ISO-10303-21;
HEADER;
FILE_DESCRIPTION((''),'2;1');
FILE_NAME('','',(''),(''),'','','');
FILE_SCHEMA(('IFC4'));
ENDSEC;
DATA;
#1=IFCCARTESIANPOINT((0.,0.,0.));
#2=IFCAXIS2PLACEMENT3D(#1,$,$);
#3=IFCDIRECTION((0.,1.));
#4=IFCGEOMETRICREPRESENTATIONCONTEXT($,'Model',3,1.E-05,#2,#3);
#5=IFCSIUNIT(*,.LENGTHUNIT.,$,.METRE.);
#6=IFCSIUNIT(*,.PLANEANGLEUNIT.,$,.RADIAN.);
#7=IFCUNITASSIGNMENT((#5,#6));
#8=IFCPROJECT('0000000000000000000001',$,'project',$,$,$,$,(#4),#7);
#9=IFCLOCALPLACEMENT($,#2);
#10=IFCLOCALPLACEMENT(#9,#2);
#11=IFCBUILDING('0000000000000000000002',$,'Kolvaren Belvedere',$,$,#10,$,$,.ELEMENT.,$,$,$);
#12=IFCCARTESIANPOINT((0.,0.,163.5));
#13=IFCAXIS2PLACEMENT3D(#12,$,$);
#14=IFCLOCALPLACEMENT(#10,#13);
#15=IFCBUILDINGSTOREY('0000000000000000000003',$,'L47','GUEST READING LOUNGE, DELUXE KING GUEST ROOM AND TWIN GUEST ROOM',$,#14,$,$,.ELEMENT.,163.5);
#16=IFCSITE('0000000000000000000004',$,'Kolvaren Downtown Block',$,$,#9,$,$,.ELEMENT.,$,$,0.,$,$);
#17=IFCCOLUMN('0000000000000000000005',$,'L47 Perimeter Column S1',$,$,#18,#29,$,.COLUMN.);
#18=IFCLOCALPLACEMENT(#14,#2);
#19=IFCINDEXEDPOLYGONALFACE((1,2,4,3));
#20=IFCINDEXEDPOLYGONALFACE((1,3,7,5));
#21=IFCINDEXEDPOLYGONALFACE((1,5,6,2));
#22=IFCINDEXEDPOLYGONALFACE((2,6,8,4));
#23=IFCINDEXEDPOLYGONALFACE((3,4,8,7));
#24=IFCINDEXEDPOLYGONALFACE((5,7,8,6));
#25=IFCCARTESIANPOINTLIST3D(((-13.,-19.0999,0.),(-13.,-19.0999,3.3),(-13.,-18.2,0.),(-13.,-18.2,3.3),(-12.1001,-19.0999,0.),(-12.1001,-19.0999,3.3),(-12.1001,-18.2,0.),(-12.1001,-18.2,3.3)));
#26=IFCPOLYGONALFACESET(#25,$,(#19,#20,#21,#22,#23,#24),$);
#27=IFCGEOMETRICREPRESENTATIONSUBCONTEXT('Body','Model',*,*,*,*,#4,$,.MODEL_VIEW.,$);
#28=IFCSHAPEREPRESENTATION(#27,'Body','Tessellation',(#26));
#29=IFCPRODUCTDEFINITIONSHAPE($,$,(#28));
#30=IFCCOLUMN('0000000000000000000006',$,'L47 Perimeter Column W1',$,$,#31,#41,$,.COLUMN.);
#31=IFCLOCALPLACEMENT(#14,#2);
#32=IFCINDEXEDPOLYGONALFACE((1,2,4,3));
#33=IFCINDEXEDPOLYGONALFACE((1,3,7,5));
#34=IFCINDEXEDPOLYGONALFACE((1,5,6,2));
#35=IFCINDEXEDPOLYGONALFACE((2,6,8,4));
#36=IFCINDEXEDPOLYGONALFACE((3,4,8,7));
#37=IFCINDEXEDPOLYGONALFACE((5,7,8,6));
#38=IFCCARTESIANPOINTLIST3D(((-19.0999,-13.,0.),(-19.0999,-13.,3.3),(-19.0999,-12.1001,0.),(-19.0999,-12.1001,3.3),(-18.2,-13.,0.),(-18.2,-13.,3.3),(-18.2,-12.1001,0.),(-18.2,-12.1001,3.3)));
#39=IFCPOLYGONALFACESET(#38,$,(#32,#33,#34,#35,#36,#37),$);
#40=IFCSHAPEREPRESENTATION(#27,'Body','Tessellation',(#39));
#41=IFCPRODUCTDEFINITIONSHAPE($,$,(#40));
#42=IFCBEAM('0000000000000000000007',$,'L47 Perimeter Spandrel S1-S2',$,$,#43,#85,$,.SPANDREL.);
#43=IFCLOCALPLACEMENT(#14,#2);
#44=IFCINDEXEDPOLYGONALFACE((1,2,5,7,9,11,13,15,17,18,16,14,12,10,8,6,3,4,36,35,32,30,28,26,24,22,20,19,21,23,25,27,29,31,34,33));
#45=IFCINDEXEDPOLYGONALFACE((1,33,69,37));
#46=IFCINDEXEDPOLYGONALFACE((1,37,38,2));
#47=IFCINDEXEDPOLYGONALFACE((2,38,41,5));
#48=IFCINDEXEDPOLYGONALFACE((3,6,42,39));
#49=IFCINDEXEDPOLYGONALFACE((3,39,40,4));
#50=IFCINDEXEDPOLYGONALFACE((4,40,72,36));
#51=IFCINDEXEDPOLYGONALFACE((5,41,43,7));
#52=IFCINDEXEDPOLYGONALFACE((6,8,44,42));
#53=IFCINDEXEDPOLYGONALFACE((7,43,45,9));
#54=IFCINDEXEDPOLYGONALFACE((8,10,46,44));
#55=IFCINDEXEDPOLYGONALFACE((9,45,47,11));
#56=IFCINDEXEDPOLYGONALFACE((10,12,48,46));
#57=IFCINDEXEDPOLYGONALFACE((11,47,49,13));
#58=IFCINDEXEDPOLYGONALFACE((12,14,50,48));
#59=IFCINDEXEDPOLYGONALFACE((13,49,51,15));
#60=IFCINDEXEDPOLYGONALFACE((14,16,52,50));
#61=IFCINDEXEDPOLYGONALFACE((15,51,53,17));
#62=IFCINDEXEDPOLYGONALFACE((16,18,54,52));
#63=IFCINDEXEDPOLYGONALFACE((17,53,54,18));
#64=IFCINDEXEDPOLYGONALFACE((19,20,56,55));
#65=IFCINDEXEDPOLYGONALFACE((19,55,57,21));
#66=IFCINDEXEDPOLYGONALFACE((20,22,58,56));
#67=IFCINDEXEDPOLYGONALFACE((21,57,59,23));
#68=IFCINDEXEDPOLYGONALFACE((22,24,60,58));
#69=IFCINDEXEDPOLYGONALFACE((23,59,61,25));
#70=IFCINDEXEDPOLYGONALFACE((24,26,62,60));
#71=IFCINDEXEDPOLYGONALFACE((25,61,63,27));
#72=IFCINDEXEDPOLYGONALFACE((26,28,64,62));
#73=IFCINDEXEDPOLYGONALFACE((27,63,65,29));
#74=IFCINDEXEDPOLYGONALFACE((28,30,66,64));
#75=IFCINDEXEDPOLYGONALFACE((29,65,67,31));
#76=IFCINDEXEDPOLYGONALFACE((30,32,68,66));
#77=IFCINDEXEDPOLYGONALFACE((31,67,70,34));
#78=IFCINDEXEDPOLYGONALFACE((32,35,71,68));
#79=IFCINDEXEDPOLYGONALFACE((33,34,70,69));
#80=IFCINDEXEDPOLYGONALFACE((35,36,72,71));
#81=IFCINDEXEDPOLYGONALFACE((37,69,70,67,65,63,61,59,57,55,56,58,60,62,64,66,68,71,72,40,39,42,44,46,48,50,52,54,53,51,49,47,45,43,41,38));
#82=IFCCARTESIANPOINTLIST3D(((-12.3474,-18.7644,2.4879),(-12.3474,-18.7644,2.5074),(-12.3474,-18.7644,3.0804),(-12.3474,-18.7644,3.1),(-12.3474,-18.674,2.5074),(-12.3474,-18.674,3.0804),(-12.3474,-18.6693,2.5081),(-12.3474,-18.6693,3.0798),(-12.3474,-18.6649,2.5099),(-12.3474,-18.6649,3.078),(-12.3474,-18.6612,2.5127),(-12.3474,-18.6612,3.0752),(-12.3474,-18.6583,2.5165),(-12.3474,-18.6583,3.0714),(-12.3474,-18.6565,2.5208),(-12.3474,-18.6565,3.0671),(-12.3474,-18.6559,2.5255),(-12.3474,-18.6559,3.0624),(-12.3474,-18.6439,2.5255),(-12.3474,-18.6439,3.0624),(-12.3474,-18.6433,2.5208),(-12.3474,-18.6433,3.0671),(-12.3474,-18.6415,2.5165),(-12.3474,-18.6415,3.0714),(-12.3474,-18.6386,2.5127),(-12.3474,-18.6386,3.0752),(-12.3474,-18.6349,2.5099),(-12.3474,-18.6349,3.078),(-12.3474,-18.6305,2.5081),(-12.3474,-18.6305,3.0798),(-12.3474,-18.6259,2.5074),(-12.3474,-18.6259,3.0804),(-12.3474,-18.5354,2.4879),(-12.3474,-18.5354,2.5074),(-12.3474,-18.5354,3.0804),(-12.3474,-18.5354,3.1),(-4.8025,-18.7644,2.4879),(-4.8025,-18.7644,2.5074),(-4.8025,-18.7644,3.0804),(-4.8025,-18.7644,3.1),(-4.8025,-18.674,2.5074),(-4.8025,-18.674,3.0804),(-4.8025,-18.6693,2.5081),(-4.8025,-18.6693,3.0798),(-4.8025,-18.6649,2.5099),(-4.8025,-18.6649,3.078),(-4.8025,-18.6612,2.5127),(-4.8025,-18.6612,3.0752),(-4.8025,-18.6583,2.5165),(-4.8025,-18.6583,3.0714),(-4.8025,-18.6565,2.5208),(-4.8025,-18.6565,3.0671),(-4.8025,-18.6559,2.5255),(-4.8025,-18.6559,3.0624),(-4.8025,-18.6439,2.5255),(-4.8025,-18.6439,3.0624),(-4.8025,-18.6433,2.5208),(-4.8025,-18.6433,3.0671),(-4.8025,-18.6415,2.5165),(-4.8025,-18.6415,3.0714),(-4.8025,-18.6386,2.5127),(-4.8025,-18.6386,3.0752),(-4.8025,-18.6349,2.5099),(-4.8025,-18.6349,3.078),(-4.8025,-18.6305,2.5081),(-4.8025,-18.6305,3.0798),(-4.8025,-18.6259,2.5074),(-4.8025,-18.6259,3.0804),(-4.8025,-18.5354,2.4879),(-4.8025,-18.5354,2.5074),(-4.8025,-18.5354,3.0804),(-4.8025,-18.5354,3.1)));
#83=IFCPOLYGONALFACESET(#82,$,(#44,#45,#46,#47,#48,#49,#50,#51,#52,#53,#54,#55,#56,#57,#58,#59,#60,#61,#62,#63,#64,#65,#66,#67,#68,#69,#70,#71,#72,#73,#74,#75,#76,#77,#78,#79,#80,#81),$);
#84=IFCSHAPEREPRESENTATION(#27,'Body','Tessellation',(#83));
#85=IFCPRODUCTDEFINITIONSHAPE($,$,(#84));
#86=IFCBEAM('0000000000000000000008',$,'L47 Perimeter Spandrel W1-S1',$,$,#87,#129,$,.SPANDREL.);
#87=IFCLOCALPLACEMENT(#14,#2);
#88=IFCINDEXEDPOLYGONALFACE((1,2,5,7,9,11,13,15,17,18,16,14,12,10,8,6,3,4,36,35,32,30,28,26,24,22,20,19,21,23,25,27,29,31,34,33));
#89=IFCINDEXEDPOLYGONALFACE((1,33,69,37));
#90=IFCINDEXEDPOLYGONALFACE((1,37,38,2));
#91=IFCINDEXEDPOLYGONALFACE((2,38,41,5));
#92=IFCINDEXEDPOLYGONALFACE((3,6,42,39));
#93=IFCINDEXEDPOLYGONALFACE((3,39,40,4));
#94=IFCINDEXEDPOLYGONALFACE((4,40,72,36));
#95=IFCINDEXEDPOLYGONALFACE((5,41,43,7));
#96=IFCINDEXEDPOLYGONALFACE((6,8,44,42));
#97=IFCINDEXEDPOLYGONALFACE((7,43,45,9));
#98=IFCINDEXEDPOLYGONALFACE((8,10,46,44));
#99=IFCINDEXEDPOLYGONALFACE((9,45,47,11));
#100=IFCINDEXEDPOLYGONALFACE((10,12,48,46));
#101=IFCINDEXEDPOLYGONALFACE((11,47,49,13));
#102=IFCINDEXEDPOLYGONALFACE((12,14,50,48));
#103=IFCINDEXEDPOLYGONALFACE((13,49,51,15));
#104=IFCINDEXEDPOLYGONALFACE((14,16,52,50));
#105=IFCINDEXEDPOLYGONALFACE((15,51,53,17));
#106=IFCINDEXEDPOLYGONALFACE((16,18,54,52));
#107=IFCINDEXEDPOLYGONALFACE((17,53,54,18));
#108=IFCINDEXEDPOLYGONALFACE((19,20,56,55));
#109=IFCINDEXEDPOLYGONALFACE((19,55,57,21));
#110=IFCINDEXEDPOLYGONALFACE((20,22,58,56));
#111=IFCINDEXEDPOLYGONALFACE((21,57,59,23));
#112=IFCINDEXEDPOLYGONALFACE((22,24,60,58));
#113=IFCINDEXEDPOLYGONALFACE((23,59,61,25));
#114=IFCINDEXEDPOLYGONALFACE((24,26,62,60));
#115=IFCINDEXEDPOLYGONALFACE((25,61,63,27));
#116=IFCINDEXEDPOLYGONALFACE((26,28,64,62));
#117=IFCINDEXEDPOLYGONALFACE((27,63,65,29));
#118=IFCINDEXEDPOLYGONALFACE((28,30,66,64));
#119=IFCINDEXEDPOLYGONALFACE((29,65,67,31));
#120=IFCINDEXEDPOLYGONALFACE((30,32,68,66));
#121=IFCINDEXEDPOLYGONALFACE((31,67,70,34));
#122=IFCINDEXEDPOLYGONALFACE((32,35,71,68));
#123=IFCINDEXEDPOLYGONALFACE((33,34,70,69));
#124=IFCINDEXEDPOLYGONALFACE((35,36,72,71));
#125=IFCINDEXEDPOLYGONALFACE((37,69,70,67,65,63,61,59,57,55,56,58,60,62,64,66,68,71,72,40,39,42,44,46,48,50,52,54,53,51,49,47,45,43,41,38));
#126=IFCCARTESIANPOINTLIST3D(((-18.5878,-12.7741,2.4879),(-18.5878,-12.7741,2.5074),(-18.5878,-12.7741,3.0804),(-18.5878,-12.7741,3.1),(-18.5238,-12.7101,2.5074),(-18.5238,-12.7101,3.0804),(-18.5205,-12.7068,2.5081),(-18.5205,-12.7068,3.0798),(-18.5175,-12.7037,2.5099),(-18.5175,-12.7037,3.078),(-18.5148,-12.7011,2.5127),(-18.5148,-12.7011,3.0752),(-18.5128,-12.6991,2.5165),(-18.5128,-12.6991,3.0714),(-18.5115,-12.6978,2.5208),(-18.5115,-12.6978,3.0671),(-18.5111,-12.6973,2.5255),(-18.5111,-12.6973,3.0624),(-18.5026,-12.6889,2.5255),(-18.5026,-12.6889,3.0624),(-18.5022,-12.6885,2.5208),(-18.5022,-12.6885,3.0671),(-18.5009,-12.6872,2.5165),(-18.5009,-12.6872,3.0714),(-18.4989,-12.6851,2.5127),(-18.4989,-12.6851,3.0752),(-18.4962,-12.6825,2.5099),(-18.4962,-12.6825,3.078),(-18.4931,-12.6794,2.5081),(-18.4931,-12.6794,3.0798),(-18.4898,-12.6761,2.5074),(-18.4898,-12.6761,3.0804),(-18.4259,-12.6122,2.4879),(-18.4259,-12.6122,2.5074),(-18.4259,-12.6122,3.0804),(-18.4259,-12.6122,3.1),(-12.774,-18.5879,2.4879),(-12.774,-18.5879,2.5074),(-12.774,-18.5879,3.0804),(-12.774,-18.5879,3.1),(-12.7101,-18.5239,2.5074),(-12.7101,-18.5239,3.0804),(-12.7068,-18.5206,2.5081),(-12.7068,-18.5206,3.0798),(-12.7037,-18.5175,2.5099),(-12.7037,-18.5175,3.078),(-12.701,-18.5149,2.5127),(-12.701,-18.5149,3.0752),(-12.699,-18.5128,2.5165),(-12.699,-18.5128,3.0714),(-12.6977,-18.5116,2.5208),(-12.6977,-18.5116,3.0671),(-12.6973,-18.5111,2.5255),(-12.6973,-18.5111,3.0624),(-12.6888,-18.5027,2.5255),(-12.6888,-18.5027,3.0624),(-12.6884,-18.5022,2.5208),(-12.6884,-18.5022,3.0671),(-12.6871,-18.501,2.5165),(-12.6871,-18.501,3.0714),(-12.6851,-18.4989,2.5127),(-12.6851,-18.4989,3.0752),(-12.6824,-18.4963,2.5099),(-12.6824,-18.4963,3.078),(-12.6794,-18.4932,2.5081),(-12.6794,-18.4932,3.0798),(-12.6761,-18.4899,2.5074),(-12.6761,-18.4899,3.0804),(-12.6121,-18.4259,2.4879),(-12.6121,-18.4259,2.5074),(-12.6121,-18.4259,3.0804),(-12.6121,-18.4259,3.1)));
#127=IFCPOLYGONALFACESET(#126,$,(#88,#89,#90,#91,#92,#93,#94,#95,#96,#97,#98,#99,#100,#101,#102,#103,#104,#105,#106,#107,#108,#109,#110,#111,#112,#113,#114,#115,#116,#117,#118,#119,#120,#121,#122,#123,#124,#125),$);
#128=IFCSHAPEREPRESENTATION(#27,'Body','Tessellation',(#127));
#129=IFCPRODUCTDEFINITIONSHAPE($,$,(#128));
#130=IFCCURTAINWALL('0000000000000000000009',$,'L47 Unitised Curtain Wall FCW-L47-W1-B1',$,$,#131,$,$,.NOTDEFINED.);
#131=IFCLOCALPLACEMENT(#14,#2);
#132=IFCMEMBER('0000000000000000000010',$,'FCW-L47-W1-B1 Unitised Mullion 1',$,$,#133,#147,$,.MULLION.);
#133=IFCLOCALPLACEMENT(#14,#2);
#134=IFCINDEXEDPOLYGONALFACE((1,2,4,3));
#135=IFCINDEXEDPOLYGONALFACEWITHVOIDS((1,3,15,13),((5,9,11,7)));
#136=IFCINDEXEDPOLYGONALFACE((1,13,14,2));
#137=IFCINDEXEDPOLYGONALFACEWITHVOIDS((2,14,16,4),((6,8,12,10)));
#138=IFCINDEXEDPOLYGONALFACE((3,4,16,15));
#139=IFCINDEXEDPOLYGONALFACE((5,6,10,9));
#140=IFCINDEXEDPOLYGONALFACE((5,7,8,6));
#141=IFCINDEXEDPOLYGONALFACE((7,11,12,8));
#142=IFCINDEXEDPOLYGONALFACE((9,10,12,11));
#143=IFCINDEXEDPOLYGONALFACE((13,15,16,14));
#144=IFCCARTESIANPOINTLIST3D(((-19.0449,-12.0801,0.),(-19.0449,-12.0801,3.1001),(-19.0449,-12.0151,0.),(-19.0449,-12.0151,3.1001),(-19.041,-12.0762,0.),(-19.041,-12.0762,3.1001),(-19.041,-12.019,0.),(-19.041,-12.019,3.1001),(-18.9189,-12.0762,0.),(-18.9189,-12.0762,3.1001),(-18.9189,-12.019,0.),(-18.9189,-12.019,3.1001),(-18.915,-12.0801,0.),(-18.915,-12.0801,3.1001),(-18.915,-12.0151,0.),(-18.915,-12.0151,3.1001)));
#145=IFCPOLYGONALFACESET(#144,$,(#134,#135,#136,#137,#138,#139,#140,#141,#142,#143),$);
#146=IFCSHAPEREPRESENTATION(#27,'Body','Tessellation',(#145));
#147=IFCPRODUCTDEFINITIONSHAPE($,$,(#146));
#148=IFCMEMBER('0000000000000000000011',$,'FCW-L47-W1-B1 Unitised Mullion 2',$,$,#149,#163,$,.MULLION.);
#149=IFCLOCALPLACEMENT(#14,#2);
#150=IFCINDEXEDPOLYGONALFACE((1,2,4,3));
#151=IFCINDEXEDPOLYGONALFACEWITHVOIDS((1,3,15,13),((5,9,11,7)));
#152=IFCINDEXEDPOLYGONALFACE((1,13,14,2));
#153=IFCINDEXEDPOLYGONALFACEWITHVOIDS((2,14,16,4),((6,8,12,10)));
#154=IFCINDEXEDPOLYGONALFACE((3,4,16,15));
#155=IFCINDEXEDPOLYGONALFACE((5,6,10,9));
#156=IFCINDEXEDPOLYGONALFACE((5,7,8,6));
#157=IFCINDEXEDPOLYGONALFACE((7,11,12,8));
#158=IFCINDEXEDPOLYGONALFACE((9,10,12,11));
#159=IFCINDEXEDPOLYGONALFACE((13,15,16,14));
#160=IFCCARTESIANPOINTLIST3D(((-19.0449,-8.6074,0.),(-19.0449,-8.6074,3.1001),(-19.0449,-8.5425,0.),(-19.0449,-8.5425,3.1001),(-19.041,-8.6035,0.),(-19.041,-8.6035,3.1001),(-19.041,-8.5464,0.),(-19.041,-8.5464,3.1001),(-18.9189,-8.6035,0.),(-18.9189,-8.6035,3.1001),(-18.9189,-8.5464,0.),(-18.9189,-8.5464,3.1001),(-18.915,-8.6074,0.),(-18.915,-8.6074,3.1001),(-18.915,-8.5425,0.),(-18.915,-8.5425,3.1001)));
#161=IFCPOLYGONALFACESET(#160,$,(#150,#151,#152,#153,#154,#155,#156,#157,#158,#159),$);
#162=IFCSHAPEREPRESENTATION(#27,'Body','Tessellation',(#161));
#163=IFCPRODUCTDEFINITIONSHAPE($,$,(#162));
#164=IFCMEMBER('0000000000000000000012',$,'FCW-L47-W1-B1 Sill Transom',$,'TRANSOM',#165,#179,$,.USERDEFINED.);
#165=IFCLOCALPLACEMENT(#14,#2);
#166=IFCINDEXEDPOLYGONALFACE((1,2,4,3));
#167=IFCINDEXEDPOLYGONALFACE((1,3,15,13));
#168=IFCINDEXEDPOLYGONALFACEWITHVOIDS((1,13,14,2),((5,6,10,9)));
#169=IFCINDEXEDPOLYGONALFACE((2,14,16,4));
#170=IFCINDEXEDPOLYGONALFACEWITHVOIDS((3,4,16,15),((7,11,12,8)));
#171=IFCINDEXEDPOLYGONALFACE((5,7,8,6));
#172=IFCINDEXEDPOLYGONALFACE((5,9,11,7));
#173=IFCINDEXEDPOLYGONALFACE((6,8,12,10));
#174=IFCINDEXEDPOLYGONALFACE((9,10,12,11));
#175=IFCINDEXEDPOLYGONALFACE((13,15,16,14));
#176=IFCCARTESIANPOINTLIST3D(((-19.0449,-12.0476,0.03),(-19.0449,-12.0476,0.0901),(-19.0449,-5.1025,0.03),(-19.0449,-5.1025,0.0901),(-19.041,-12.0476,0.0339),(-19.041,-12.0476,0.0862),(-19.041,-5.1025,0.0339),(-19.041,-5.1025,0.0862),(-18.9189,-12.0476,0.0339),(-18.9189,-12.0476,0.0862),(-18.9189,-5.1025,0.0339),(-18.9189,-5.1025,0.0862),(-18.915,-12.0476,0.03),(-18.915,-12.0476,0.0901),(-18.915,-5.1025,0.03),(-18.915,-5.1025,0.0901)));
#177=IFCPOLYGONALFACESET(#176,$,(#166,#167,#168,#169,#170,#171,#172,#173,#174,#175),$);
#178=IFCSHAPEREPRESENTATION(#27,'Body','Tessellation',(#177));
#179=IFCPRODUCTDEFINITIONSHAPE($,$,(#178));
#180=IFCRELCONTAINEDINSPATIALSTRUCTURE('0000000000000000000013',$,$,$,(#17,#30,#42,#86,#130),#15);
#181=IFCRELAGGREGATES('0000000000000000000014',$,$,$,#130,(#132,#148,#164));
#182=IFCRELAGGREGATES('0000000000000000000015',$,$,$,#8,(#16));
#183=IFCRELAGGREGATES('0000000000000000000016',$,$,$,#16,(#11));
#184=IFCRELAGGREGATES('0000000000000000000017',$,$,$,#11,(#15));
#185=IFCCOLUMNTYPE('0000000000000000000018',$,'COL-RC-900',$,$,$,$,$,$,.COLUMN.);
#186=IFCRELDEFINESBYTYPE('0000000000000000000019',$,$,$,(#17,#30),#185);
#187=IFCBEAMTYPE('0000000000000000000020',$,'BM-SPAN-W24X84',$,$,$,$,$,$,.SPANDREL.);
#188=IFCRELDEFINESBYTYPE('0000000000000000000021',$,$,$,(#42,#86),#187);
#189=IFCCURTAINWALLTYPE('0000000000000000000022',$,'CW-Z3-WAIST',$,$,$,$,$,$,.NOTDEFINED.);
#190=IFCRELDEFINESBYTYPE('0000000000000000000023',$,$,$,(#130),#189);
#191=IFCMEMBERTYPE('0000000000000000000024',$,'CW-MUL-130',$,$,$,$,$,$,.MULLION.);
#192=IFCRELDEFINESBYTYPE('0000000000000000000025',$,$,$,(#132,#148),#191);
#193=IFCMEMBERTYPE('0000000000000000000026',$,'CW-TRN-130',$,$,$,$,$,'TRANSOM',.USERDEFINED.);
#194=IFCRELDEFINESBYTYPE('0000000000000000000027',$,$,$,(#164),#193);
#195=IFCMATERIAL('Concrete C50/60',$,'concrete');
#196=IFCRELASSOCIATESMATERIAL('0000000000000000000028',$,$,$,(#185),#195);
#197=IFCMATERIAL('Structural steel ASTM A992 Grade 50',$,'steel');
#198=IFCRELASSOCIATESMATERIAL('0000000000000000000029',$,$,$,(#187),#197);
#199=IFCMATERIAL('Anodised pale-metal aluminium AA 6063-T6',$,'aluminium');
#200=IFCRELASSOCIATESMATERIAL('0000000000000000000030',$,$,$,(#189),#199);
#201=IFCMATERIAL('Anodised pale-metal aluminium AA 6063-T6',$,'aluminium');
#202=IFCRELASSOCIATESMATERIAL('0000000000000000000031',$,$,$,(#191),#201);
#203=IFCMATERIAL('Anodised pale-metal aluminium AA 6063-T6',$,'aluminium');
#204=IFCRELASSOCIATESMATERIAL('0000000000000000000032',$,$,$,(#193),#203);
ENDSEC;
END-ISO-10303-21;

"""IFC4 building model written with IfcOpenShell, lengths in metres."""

from ifc_helpers import new_model, si_unit, direction, frame, origin, origin_2d, place, context, subcontext, project, spatial, rectangle, hollow_rectangle, i_section, extrude, material, material_profile, profile_set, type_object, element, aggregate, save


model = new_model("IFC4")

# Units and contexts
model_context = context("Model", 3, precision=1e-05, world=origin(), true_north=direction((0.0, 1.0)))
body_context = subcontext(model_context, "Body", "Model", "MODEL_VIEW")
ifc_project = project(units=[si_unit("LENGTHUNIT", "METRE"), si_unit("PLANEANGLEUNIT", "RADIAN")], contexts=[model_context])

# Site, building, storey
site_placement = place(None, origin())
site = spatial("IfcSite", under=ifc_project, at=site_placement, Name="Kolvaren Downtown Block", CompositionType="ELEMENT", RefElevation=0.0)
building_placement = place(site_placement, origin())
building = spatial("IfcBuilding", under=site, at=building_placement, Name="Kolvaren Belvedere", CompositionType="ELEMENT")
storey_placement = place(building_placement, frame((0.0, 0.0, 163.5)))
storey = spatial("IfcBuildingStorey", under=building, at=storey_placement, Name="L47", Description="GUEST READING LOUNGE, DELUXE KING GUEST ROOM AND TWIN GUEST ROOM", CompositionType="ELEMENT", Elevation=163.5)

# Columns
ifc_material_1 = material(Name="Concrete C50/60", Category="concrete")
ifc_material_profile_1 = material_profile(ifc_material_1, rectangle(XDim=0.8999, YDim=0.8999, at=origin_2d()), Name="RC 900X900")
ifc_profile_set_1 = profile_set([ifc_material_profile_1], Name="Concrete C50/60")
column_type = type_object("IfcColumnType", Name="COL-RC-900", PredefinedType="COLUMN", material=ifc_profile_set_1)
for number, where, z_axis, x_axis, name in (
    (1, (-12.55, -18.6499, 0.0), (0.0, 0.0, 1.0), (1.0, 0.0, 0.0), "L47 Perimeter Column S1"),
    (2, (-18.6499, -12.55, 0.0), (0.0, 0.0, 1.0), (1.0, 0.0, 0.0), "L47 Perimeter Column W1"),
):
    element("IfcColumn", number, at=place(storey_placement, frame(where, z_axis=z_axis, x_axis=x_axis)), inside=storey, type_object=column_type, Name=name, PredefinedType="COLUMN", context=body_context, shape_type="SweptSolid", body=[
        extrude(rectangle(XDim=0.8999, YDim=0.8999, at=origin_2d()), origin(), (0.0, 0.0, 1.0), 3.3),
    ])

# Beams
ifc_material_2 = material(Name="Structural steel ASTM A992 Grade 50", Category="steel")
ifc_material_profile_2 = material_profile(ifc_material_2, i_section(OverallWidth=0.229, OverallDepth=0.6121, WebThickness=0.012, FlangeThickness=0.0195, FilletRadius=0.0181, at=origin_2d()), Name="W24X84")
ifc_profile_set_2 = profile_set([ifc_material_profile_2], Name="Structural steel ASTM A992 Grade 50")
beam_type = type_object("IfcBeamType", Name="BM-SPAN-W24X84", PredefinedType="SPANDREL", material=ifc_profile_set_2)
beam_1_placement = place(storey_placement, frame((-12.3474, -18.6499, 2.7939), z_axis=(1.0, 0.0, 0.0), x_axis=(0.0, 1.0, 0.0)))
element("IfcBeam", 3, at=beam_1_placement, inside=storey, type_object=beam_type, Name="L47 Perimeter Spandrel S1-S2", PredefinedType="SPANDREL", context=body_context, shape_type="SweptSolid", body=[
    extrude(i_section(OverallWidth=0.229, OverallDepth=0.6121, WebThickness=0.012, FlangeThickness=0.0195, FilletRadius=0.0181, at=origin_2d()), origin(), (0.0, 0.0, 1.0), 7.5449),
])
beam_2_placement = place(storey_placement, frame((-18.5068, -12.6931, 2.7939), z_axis=(0.707107, -0.707107, 0.0), x_axis=(0.707107, 0.707107, 0.0)))
element("IfcBeam", 4, at=beam_2_placement, inside=storey, type_object=beam_type, Name="L47 Perimeter Spandrel W1-S1", PredefinedType="SPANDREL", context=body_context, shape_type="SweptSolid", body=[
    extrude(i_section(OverallWidth=0.229, OverallDepth=0.6121, WebThickness=0.012, FlangeThickness=0.0195, FilletRadius=0.0181, at=origin_2d()), origin(), (0.0, 0.0, 1.0), 8.2219),
])

# Curtain wall, members
ifc_material_3 = material(Name="Anodised pale-metal aluminium AA 6063-T6", Category="aluminium")
curtain_wall_type = type_object("IfcCurtainWallType", Name="CW-Z3-WAIST", PredefinedType="NOTDEFINED", material=ifc_material_3)
curtain_wall_placement = place(storey_placement, origin())
curtain_wall = element("IfcCurtainWall", 5, at=curtain_wall_placement, inside=storey, type_object=curtain_wall_type, Name="L47 Unitised Curtain Wall FCW-L47-W1-B1", PredefinedType="NOTDEFINED")
ifc_material_4 = material(Name="Anodised pale-metal aluminium AA 6063-T6", Category="aluminium")
ifc_material_profile_3 = material_profile(ifc_material_4, hollow_rectangle(XDim=0.0649, YDim=0.1299, WallThickness=0.0039, at=origin_2d()), Name="ALU-MUL-130X65")
ifc_profile_set_3 = profile_set([ifc_material_profile_3], Name="Anodised pale-metal aluminium AA 6063-T6")
member_type_1 = type_object("IfcMemberType", Name="CW-MUL-130", PredefinedType="MULLION", material=ifc_profile_set_3)
member_1_placement = place(storey_placement, frame((-18.98, -12.0476, 0.0), z_axis=(0.0, 0.0, 1.0), x_axis=(0.0, 1.0, 0.0)))
member_1 = element("IfcMember", 6, at=member_1_placement, type_object=member_type_1, Name="FCW-L47-W1-B1 Unitised Mullion 1", PredefinedType="MULLION", context=body_context, shape_type="SweptSolid", body=[
    extrude(hollow_rectangle(XDim=0.0649, YDim=0.1299, WallThickness=0.0039, at=origin_2d()), origin(), (0.0, 0.0, 1.0), 3.1001),
])
member_2_placement = place(storey_placement, frame((-18.98, -8.575, 0.0), z_axis=(0.0, 0.0, 1.0), x_axis=(0.0, 1.0, 0.0)))
member_2 = element("IfcMember", 7, at=member_2_placement, type_object=member_type_1, Name="FCW-L47-W1-B1 Unitised Mullion 2", PredefinedType="MULLION", context=body_context, shape_type="SweptSolid", body=[
    extrude(hollow_rectangle(XDim=0.0649, YDim=0.1299, WallThickness=0.0039, at=origin_2d()), origin(), (0.0, 0.0, 1.0), 3.1001),
])
ifc_material_5 = material(Name="Anodised pale-metal aluminium AA 6063-T6", Category="aluminium")
ifc_material_profile_4 = material_profile(ifc_material_5, hollow_rectangle(XDim=0.0601, YDim=0.1299, WallThickness=0.0039, at=origin_2d()), Name="ALU-TRN-130X60")
ifc_profile_set_4 = profile_set([ifc_material_profile_4], Name="Anodised pale-metal aluminium AA 6063-T6")
member_type_2 = type_object("IfcMemberType", Name="CW-TRN-130", ElementType="TRANSOM", PredefinedType="USERDEFINED", material=ifc_profile_set_4)
member_3_placement = place(storey_placement, frame((-18.98, -12.0476, 0.0601), z_axis=(0.0, 1.0, 0.0), x_axis=(0.0, 0.0, 1.0)))
member_3 = element("IfcMember", 8, at=member_3_placement, type_object=member_type_2, Name="FCW-L47-W1-B1 Sill Transom", ObjectType="TRANSOM", PredefinedType="USERDEFINED", context=body_context, shape_type="SweptSolid", body=[
    extrude(hollow_rectangle(XDim=0.0601, YDim=0.1299, WallThickness=0.0039, at=origin_2d()), origin(), (0.0, 0.0, 1.0), 6.9451),
])
aggregate(curtain_wall, [member_1, member_2, member_3])

save(model, "model.ifc")
